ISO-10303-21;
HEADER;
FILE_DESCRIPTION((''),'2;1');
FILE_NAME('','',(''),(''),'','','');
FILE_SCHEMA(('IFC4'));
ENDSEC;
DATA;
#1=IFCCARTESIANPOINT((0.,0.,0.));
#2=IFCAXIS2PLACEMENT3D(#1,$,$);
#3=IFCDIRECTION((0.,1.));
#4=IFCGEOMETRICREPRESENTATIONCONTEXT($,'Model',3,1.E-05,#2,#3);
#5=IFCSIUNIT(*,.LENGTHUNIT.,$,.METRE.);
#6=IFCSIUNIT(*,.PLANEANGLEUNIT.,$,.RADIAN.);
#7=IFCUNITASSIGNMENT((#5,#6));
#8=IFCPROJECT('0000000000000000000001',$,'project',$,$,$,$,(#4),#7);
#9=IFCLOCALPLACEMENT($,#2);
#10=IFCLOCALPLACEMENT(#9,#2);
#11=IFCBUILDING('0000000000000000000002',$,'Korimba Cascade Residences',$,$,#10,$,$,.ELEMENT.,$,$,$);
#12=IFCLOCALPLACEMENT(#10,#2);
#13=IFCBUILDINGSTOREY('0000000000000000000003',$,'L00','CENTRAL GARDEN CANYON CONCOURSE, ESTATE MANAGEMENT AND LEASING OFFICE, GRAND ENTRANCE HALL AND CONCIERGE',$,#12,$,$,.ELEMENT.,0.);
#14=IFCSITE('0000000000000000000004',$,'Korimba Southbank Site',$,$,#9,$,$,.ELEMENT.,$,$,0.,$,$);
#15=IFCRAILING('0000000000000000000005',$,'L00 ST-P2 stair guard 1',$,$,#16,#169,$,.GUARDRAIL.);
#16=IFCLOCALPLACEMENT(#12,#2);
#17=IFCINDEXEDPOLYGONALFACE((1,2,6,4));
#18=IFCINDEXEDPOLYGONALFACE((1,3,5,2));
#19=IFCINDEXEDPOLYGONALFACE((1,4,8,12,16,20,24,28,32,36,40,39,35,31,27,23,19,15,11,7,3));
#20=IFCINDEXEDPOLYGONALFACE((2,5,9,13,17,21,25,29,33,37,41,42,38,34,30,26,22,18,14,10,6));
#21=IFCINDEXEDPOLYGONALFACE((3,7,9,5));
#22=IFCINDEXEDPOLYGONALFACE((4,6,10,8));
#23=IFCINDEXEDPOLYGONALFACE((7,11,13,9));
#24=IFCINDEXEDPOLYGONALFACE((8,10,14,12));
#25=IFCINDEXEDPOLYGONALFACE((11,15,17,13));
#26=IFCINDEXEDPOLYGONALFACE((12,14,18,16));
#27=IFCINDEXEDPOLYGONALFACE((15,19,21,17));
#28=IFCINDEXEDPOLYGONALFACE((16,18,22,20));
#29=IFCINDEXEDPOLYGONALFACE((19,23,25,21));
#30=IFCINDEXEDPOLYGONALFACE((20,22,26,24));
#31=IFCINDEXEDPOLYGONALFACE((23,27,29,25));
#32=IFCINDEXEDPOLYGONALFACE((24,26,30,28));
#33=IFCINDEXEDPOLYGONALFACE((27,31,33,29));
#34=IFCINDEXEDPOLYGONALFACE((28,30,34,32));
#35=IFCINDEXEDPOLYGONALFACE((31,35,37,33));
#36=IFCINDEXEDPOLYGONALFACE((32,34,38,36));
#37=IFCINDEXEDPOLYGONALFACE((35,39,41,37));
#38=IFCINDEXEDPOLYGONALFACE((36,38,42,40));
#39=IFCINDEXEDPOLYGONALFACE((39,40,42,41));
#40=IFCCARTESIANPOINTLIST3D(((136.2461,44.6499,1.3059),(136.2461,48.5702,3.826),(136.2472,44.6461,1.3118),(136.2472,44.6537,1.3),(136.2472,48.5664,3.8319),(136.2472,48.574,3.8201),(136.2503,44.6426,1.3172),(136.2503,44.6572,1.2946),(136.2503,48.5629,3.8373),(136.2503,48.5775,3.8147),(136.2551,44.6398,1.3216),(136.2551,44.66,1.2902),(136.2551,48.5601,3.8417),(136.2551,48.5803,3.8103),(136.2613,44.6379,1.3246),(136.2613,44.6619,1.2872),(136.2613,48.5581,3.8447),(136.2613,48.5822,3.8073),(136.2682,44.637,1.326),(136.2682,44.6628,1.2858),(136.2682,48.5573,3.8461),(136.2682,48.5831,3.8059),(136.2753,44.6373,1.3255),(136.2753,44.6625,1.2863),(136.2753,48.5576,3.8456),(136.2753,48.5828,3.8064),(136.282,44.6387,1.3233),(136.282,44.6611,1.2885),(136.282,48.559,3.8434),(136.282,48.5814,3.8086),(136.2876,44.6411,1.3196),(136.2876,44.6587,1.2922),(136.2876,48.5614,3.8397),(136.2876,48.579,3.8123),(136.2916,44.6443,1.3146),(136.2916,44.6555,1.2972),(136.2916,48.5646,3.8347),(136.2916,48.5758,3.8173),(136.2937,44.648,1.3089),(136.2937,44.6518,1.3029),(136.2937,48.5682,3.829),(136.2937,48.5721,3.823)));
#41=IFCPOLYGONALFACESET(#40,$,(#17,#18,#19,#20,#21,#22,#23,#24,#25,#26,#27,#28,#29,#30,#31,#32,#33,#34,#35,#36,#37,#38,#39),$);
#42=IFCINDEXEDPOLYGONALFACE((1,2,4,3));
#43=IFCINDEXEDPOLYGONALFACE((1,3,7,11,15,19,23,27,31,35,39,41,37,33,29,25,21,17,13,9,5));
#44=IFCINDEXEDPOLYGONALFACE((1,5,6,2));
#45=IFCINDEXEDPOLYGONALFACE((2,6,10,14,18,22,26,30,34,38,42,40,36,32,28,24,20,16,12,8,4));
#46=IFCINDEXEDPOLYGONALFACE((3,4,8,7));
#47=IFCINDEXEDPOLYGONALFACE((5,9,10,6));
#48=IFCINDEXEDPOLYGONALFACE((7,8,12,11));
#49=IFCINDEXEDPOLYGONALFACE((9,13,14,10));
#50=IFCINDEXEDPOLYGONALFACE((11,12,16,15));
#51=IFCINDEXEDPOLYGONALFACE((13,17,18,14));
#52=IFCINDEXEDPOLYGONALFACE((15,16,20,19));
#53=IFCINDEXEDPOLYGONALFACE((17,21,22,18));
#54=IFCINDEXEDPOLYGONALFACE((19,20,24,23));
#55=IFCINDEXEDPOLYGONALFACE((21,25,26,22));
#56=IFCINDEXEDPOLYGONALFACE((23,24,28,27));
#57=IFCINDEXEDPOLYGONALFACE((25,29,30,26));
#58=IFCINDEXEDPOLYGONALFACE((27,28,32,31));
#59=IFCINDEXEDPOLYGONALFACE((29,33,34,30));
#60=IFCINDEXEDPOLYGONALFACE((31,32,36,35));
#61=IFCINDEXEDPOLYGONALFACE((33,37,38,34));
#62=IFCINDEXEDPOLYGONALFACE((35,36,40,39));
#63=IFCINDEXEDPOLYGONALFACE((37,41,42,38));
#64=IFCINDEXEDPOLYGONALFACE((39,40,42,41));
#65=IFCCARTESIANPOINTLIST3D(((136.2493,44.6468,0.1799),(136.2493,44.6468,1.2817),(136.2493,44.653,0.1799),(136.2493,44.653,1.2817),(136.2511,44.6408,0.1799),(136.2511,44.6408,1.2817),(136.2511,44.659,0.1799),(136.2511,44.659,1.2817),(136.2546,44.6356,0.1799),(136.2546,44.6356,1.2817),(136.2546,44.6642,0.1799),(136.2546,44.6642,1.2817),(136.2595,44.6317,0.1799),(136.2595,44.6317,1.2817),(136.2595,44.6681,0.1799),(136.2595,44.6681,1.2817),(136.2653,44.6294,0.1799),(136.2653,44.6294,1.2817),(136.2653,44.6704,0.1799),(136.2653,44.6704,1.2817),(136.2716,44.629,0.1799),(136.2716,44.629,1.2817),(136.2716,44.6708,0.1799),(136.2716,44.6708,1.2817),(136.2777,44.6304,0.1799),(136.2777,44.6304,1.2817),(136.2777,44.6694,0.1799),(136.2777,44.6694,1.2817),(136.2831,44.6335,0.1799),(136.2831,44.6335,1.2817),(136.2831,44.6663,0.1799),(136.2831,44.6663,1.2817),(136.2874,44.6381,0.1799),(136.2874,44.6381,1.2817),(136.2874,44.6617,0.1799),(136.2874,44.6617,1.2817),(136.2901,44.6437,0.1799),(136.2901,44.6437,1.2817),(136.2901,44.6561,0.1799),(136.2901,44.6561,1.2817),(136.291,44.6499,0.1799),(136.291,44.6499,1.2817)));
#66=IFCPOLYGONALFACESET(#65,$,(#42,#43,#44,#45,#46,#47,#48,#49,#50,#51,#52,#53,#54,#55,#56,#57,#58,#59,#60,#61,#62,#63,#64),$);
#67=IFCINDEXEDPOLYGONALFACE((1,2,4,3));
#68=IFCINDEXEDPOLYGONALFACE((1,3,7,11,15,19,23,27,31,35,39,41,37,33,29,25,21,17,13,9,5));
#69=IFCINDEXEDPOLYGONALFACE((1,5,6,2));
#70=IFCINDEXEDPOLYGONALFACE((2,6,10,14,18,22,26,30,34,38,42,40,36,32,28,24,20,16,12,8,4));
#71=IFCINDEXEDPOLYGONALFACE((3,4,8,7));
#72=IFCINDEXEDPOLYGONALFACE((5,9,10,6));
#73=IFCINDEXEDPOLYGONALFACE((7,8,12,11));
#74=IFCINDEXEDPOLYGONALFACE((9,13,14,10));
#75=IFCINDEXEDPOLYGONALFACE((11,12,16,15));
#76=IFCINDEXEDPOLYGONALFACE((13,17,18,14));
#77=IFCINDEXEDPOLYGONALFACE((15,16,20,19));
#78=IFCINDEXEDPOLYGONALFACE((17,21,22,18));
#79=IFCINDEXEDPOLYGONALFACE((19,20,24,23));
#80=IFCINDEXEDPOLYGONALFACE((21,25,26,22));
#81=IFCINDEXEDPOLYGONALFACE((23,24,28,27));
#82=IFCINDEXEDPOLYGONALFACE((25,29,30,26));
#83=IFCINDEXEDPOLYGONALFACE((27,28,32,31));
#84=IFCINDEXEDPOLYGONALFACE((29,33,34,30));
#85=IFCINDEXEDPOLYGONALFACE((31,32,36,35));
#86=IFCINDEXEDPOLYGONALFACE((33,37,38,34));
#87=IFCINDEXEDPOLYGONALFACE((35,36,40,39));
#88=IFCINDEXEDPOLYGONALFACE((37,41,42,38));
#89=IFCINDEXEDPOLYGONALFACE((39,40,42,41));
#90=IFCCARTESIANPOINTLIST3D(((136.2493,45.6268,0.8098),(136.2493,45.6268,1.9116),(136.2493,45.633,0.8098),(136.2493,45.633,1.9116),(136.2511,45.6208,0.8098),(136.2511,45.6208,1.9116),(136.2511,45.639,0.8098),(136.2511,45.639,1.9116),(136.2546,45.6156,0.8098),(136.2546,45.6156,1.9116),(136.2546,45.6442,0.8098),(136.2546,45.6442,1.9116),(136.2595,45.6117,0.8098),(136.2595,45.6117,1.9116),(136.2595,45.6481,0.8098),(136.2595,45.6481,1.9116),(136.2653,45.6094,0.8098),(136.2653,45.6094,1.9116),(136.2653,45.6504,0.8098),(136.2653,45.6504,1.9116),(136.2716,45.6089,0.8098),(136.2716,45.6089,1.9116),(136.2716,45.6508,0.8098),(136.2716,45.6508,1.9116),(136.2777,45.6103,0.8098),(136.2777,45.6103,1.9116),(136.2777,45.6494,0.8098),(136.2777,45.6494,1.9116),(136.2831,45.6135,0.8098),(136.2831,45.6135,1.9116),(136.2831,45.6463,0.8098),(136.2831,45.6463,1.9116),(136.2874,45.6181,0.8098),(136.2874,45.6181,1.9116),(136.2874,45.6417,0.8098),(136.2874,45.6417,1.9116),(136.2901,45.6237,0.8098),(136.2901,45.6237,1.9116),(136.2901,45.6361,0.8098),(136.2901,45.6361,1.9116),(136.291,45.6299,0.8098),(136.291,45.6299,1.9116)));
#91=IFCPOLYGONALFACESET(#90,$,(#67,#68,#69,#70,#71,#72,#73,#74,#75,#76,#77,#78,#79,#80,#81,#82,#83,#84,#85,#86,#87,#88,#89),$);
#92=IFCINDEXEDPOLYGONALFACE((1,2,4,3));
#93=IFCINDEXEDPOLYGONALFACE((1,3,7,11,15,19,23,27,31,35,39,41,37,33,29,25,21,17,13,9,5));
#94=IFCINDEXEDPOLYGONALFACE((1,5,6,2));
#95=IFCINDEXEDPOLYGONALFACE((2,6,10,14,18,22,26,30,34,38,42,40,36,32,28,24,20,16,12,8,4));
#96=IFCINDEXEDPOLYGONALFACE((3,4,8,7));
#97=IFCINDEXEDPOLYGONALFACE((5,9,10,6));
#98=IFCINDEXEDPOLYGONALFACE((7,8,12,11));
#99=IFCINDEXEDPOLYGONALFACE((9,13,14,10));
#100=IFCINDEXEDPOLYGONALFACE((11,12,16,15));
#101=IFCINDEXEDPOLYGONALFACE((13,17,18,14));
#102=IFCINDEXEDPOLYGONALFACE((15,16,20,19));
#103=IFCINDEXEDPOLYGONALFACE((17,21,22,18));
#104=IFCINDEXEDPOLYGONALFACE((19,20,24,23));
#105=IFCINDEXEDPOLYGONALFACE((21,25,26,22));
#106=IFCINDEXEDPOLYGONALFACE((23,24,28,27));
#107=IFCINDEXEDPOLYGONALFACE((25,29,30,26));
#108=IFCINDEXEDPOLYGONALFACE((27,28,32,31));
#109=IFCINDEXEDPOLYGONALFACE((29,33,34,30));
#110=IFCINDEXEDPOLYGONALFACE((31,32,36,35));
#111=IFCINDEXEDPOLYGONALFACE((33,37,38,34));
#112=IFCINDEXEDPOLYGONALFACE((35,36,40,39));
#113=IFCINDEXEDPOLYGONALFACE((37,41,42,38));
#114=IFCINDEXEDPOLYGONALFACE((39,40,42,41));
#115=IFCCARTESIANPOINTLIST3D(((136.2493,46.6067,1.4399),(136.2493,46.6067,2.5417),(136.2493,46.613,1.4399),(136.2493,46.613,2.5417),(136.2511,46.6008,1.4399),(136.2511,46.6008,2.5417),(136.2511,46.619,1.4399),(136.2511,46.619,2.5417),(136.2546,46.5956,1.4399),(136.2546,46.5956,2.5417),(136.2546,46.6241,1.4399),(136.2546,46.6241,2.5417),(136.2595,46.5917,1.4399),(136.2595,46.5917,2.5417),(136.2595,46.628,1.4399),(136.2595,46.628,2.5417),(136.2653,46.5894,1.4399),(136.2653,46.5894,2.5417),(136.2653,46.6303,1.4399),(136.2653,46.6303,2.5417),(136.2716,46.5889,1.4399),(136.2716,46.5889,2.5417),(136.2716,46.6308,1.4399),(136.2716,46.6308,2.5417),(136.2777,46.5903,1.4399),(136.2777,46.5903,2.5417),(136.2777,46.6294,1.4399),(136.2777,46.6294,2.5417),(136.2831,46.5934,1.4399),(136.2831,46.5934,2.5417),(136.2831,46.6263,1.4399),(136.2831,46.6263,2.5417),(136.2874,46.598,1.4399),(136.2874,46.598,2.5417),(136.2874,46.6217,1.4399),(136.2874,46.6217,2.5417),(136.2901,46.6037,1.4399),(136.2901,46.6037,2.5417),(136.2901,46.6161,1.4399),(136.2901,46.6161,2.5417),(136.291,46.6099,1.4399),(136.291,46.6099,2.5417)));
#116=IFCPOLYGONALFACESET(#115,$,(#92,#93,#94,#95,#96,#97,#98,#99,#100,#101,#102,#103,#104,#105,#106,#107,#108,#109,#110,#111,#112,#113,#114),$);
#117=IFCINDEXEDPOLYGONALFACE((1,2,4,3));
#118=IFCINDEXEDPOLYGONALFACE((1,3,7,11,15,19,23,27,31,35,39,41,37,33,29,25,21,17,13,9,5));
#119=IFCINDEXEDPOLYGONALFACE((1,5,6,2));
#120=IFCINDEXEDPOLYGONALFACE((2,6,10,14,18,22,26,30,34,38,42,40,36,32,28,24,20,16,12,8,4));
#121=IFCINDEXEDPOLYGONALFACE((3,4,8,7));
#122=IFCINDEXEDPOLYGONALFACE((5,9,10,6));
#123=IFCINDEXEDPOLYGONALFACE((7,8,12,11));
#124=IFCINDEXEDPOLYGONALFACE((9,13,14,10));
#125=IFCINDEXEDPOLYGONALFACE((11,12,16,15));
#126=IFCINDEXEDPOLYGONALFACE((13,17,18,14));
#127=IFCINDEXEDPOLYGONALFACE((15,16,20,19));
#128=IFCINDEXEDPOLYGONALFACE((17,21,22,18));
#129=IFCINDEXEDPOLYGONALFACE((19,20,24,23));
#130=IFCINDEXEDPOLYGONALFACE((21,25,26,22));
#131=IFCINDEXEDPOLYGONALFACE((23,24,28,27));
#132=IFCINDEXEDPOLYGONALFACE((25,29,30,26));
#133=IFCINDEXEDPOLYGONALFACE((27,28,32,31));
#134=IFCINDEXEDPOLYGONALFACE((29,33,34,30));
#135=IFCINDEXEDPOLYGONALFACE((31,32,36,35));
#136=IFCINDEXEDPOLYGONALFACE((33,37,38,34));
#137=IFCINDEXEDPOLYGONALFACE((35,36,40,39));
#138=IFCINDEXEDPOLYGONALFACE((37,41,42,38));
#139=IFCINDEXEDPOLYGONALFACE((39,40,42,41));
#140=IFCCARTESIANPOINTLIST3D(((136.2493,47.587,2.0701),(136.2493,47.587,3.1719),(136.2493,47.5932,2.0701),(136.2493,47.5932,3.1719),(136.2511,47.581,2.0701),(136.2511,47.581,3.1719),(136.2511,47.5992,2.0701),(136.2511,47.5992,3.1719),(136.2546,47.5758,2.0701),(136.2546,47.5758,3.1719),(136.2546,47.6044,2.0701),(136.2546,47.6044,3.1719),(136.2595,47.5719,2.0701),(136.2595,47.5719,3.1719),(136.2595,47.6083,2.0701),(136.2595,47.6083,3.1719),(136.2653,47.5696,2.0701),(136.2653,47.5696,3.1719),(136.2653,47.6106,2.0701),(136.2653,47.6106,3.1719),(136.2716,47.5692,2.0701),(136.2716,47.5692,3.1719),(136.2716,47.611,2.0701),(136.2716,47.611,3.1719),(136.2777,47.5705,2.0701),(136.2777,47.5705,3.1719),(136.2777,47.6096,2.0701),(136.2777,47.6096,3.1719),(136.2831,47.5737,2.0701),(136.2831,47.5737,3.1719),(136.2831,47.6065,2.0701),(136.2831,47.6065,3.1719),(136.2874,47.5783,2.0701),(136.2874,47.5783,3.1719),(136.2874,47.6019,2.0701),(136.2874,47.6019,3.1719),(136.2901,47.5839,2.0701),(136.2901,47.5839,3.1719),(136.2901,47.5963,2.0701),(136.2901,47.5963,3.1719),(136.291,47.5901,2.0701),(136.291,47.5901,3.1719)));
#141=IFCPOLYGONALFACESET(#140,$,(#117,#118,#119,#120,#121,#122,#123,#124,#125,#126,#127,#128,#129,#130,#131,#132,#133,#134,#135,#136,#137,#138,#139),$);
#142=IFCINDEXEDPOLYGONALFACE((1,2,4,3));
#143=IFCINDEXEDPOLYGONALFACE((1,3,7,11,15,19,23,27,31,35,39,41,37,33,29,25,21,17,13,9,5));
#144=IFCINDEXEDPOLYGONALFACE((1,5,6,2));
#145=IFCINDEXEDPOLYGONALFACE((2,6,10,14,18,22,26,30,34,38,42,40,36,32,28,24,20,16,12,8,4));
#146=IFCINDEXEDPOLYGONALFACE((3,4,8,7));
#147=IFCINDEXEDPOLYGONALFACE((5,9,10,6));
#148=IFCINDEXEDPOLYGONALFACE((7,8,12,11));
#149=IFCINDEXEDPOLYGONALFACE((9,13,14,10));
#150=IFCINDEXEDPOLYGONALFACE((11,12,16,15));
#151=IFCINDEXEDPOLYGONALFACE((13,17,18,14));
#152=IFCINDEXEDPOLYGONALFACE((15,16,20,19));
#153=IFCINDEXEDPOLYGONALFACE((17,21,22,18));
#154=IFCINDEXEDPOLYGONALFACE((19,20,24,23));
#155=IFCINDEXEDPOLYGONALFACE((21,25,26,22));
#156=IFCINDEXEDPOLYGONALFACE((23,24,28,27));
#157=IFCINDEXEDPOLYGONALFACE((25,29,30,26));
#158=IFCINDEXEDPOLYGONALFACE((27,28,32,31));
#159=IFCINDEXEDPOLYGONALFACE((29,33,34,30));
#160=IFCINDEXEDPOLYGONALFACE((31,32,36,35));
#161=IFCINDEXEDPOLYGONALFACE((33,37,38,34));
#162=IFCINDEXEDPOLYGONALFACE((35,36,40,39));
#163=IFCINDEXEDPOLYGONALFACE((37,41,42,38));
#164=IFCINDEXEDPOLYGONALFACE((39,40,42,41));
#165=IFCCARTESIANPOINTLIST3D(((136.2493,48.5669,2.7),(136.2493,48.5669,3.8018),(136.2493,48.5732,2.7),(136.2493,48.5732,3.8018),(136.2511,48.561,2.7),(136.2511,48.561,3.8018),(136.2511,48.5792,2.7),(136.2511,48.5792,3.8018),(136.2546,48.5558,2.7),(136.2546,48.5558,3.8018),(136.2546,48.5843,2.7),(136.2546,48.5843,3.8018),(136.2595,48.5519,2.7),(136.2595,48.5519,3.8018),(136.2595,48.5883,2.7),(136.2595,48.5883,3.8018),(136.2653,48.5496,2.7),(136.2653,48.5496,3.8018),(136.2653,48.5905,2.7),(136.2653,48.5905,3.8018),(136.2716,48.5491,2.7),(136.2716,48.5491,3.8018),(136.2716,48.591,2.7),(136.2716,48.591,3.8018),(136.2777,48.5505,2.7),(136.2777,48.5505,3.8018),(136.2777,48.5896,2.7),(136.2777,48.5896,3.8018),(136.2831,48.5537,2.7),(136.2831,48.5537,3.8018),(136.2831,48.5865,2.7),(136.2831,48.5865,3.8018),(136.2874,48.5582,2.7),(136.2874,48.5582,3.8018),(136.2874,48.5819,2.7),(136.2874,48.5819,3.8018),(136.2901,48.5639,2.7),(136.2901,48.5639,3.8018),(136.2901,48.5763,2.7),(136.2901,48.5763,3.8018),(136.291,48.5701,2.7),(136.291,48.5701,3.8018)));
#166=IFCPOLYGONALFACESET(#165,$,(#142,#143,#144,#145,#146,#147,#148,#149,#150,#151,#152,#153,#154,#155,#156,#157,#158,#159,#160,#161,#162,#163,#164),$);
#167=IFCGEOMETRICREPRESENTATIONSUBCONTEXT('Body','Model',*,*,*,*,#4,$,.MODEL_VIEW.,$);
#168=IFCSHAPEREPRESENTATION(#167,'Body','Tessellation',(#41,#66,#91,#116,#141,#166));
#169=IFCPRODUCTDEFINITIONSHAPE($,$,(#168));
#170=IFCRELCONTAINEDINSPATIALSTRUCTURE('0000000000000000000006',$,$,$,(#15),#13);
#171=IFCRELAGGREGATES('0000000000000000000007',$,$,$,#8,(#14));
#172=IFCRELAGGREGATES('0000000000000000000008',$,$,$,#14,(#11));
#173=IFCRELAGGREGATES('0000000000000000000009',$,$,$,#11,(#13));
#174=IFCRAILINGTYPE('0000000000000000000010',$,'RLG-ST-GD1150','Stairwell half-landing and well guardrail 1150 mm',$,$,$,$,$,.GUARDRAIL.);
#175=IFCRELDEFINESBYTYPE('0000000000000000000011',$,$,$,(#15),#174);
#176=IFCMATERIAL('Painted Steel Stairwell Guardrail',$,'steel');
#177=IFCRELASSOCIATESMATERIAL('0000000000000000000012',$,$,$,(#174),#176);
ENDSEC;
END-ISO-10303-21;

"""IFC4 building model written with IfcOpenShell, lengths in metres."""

from ifc_helpers import new_model, si_unit, direction, frame, origin, origin_2d, place, context, subcontext, project, spatial, circle, extrude, material, type_object, element, save


model = new_model("IFC4")

# Units and contexts
model_context = context("Model", 3, precision=1e-05, world=origin(), true_north=direction((0.0, 1.0)))
body_context = subcontext(model_context, "Body", "Model", "MODEL_VIEW")
ifc_project = project(units=[si_unit("LENGTHUNIT", "METRE"), si_unit("PLANEANGLEUNIT", "RADIAN")], contexts=[model_context])

# Site, building, storey
site_placement = place(None, origin())
site = spatial("IfcSite", under=ifc_project, at=site_placement, Name="Korimba Southbank Site", CompositionType="ELEMENT", RefElevation=0.0)
building_placement = place(site_placement, origin())
building = spatial("IfcBuilding", under=site, at=building_placement, Name="Korimba Cascade Residences", CompositionType="ELEMENT")
storey_placement = place(building_placement, origin())
storey = spatial("IfcBuildingStorey", under=building, at=storey_placement, Name="L00", Description="CENTRAL GARDEN CANYON CONCOURSE, ESTATE MANAGEMENT AND LEASING OFFICE, GRAND ENTRANCE HALL AND CONCIERGE", CompositionType="ELEMENT", Elevation=0.0)

# Railing
ifc_material_1 = material(Name="Painted Steel Stairwell Guardrail", Category="steel")
railing_type_1 = type_object("IfcRailingType", Name="RLG-ST-GD1150", Description="Stairwell half-landing and well guardrail 1150 mm", PredefinedType="GUARDRAIL", material=ifc_material_1)
railing_1_placement = place(storey_placement, frame((136.27, 44.6499, 0.1799)))
element("IfcRailing", 1, at=railing_1_placement, inside=storey, type_object=railing_type_1, Name="L00 ST-P2 stair guard 1", PredefinedType="GUARDRAIL", context=body_context, shape_type="SweptSolid", body=[
    extrude(circle(Radius=0.0239, at=origin_2d()), frame((0.0, 0.0, 1.126), z_axis=(0.0, 0.841187, 0.540744), x_axis=(-1.0, 0.0, 0.0)), (0.0, 0.0, 1.0), 4.6604),
    extrude(circle(Radius=0.021, at=origin_2d()), origin(), (0.0, 0.0, 1.0), 1.1018),
    extrude(circle(Radius=0.021, at=origin_2d()), frame((0.0, 0.98, 0.6299)), (0.0, 0.0, 1.0), 1.1018),
    extrude(circle(Radius=0.021, at=origin_2d()), frame((0.0, 1.96, 1.26)), (0.0, 0.0, 1.0), 1.1018),
    extrude(circle(Radius=0.021, at=origin_2d()), frame((0.0, 2.9402, 1.8901)), (0.0, 0.0, 1.0), 1.1018),
    extrude(circle(Radius=0.021, at=origin_2d()), frame((0.0, 3.9202, 2.52)), (0.0, 0.0, 1.0), 1.1018),
])

save(model, "model.ifc")
